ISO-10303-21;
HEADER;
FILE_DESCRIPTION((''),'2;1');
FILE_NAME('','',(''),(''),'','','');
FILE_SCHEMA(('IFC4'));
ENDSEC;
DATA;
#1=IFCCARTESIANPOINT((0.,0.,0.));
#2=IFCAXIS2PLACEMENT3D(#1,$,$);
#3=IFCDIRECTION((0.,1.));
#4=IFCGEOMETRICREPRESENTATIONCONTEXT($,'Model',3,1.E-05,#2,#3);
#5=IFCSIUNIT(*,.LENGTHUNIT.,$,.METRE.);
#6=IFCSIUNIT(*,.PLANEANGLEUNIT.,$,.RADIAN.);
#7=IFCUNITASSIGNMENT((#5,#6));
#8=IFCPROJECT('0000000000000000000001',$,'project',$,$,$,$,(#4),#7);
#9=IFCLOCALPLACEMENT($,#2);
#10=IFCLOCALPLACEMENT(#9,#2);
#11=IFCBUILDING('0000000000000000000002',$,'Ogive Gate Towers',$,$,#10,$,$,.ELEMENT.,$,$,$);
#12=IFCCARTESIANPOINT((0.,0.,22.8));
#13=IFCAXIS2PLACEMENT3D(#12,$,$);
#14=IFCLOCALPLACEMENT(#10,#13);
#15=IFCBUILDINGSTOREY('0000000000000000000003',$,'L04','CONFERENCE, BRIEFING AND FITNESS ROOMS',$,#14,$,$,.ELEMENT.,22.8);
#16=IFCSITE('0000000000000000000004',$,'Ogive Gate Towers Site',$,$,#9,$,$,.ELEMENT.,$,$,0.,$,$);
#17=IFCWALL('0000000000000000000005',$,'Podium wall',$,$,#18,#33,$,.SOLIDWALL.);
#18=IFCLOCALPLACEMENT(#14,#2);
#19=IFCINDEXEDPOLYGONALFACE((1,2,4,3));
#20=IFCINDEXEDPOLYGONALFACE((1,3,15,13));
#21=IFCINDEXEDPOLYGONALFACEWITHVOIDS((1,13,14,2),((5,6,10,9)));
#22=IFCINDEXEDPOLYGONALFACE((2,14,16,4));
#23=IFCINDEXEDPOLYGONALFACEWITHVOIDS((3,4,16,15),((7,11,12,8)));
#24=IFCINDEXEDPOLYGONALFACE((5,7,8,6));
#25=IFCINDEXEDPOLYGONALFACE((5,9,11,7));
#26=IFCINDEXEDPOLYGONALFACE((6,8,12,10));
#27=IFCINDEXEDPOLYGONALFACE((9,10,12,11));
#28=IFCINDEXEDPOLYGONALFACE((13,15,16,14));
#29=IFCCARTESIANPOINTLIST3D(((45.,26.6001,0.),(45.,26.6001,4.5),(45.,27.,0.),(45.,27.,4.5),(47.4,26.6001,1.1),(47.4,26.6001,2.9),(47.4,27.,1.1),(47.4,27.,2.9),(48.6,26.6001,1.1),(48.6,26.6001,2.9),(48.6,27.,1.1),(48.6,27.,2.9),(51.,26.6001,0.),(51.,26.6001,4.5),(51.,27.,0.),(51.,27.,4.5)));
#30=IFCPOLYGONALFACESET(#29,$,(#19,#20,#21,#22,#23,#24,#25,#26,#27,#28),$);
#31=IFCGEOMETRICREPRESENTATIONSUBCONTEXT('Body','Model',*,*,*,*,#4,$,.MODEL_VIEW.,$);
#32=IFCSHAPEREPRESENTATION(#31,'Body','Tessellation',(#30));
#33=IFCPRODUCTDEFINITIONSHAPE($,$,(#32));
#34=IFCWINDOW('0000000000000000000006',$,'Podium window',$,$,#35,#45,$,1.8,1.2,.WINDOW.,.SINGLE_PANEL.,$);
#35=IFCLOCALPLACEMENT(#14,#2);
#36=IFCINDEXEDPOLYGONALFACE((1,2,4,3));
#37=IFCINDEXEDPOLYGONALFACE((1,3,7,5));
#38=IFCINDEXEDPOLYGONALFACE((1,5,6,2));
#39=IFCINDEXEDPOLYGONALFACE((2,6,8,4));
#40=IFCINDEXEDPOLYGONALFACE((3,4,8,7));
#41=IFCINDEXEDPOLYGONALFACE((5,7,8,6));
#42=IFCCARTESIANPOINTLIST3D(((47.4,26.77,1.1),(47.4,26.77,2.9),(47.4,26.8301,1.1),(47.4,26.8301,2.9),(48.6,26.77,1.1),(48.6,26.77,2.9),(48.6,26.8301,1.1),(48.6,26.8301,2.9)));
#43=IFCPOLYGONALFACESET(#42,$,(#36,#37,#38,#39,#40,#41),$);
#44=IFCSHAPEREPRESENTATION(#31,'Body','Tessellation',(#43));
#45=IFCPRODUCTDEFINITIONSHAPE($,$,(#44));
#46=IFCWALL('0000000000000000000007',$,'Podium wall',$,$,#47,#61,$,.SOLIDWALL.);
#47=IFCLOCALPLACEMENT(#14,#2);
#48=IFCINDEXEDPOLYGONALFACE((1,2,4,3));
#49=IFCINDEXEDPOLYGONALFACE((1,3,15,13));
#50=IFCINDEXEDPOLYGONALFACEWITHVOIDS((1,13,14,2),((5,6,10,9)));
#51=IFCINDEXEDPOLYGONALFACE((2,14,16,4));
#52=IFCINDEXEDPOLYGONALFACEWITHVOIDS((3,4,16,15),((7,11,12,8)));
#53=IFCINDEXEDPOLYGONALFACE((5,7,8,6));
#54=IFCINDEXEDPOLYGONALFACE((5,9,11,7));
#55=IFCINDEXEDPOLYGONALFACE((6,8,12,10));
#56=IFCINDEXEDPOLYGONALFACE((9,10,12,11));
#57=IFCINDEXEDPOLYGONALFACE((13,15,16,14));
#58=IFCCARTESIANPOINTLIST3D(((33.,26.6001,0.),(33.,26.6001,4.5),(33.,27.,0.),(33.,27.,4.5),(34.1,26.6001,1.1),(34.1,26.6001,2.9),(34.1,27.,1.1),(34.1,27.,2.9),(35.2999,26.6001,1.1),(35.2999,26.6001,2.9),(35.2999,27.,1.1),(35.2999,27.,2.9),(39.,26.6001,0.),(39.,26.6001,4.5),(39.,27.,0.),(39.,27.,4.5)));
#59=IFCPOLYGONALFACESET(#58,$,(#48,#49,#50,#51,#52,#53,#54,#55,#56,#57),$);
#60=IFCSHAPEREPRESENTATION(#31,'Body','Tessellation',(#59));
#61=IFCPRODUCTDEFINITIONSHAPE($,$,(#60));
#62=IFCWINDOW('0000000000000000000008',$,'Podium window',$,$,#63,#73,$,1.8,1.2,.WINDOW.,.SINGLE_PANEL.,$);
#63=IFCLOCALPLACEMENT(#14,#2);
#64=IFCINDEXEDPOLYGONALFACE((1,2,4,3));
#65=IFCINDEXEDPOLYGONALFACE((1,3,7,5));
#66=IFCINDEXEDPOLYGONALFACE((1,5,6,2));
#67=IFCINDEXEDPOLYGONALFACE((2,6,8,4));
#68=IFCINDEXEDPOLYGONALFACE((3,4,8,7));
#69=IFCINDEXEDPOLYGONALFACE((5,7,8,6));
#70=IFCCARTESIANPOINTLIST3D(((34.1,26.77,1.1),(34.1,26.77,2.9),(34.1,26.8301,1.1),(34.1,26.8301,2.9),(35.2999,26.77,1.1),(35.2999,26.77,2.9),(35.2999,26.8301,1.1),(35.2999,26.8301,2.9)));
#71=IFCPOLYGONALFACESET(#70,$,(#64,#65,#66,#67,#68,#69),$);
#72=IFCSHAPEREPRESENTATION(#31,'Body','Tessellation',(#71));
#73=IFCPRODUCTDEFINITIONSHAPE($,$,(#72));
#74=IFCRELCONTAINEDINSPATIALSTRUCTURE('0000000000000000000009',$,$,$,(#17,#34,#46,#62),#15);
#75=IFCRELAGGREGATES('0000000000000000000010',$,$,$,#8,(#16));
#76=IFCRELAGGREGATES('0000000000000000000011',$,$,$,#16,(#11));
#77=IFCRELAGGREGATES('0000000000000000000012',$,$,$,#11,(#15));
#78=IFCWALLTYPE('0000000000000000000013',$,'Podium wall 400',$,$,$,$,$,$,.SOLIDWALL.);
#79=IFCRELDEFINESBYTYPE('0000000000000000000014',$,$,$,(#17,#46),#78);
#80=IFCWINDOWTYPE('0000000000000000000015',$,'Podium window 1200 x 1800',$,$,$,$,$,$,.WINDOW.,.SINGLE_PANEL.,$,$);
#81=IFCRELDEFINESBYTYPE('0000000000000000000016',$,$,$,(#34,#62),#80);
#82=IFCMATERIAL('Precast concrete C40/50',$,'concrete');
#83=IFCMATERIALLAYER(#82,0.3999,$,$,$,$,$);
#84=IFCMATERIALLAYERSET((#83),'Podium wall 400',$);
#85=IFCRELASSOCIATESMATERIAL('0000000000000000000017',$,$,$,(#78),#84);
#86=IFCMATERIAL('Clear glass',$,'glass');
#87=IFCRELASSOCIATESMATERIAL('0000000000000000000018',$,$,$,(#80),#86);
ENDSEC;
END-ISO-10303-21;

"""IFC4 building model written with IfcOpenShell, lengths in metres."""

from ifc_helpers import new_model, si_unit, direction, frame, frame_2d, origin, place, context, subcontext, project, spatial, rectangle, extrude, material, layer, layer_set, type_object, element, fill, save


model = new_model("IFC4")

# Units and contexts
model_context = context("Model", 3, precision=1e-05, world=origin(), true_north=direction((0.0, 1.0)))
body_context = subcontext(model_context, "Body", "Model", "MODEL_VIEW")
ifc_project = project(units=[si_unit("LENGTHUNIT", "METRE"), si_unit("PLANEANGLEUNIT", "RADIAN")], contexts=[model_context])

# Site, building, storey
site_placement = place(None, origin())
site = spatial("IfcSite", under=ifc_project, at=site_placement, Name="Ogive Gate Towers Site", CompositionType="ELEMENT", RefElevation=0.0)
building_placement = place(site_placement, origin())
building = spatial("IfcBuilding", under=site, at=building_placement, Name="Ogive Gate Towers", CompositionType="ELEMENT")
storey_placement = place(building_placement, frame((0.0, 0.0, 22.8)))
storey = spatial("IfcBuildingStorey", under=building, at=storey_placement, Name="L04", Description="CONFERENCE, BRIEFING AND FITNESS ROOMS", CompositionType="ELEMENT", Elevation=22.8)

# Wall, opening, window
ifc_material_1 = material(Name="Precast concrete C40/50", Category="concrete")
ifc_layer = layer(ifc_material_1, 0.3999)
ifc_layer_set = layer_set([ifc_layer], Name="Podium wall 400")
wall_type = type_object("IfcWallType", Name="Podium wall 400", PredefinedType="SOLIDWALL", material=ifc_layer_set)
wall_1_placement = place(storey_placement, frame((51.0, 26.8, 0.0), z_axis=(0.0, 0.0, 1.0), x_axis=(-1.0, 0.0, 0.0)))
wall_1 = element("IfcWall", 1, at=wall_1_placement, inside=storey, type_object=wall_type, Name="Podium wall", PredefinedType="SOLIDWALL", context=body_context, shape_type="SweptSolid", body=[
    extrude(rectangle(XDim=6.0, YDim=0.3999, at=frame_2d((3.0, 0.0))), origin(), (0.0, 0.0, 1.0), 4.5),
])
opening_1_placement = place(wall_1_placement, frame((2.3999, 0.0, 1.1001)))
opening_1 = element("IfcOpeningElement", 2, at=opening_1_placement, cuts=wall_1, PredefinedType="OPENING", context=body_context, shape_type="SweptSolid", body=[
    extrude(rectangle(XDim=1.2, YDim=1.8, at=frame_2d((0.6001, 0.8999))), frame((0.0, 0.21, 0.0), z_axis=(0.0, -1.0, 0.0), x_axis=(1.0, 0.0, 0.0)), (0.0, 0.0, 1.0), 0.4199),
])
ifc_material_2 = material(Name="Clear glass", Category="glass")
window_type = type_object("IfcWindowType", Name="Podium window 1200 x 1800", PartitioningType="SINGLE_PANEL", PredefinedType="WINDOW", material=ifc_material_2)
window_1_placement = place(opening_1_placement, origin())
window_1 = element("IfcWindow", 3, at=window_1_placement, inside=storey, type_object=window_type, Name="Podium window", OverallHeight=1.8, OverallWidth=1.2, PartitioningType="SINGLE_PANEL", PredefinedType="WINDOW", context=body_context, shape_type="SweptSolid", body=[
    extrude(rectangle(XDim=1.2, YDim=1.8, at=frame_2d((0.6001, 0.8999))), frame((0.0, 0.03, 0.0), z_axis=(0.0, -1.0, 0.0), x_axis=(1.0, 0.0, 0.0)), (0.0, 0.0, 1.0), 0.0601),
])
fill(opening_1, window_1)

# Wall, opening, window
wall_2_placement = place(storey_placement, frame((39.0, 26.8, 0.0), z_axis=(0.0, 0.0, 1.0), x_axis=(-1.0, 0.0, 0.0)))
wall_2 = element("IfcWall", 4, at=wall_2_placement, inside=storey, type_object=wall_type, Name="Podium wall", PredefinedType="SOLIDWALL", context=body_context, shape_type="SweptSolid", body=[
    extrude(rectangle(XDim=6.0, YDim=0.3999, at=frame_2d((3.0, 0.0))), origin(), (0.0, 0.0, 1.0), 4.5),
])
opening_2_placement = place(wall_2_placement, frame((3.7, 0.0, 1.1001)))
opening_2 = element("IfcOpeningElement", 5, at=opening_2_placement, cuts=wall_2, PredefinedType="OPENING", context=body_context, shape_type="SweptSolid", body=[
    extrude(rectangle(XDim=1.2, YDim=1.8, at=frame_2d((0.6001, 0.8999))), frame((0.0, 0.21, 0.0), z_axis=(0.0, -1.0, 0.0), x_axis=(1.0, 0.0, 0.0)), (0.0, 0.0, 1.0), 0.4199),
])
window_2_placement = place(opening_2_placement, origin())
window_2 = element("IfcWindow", 6, at=window_2_placement, inside=storey, type_object=window_type, Name="Podium window", OverallHeight=1.8, OverallWidth=1.2, PartitioningType="SINGLE_PANEL", PredefinedType="WINDOW", context=body_context, shape_type="SweptSolid", body=[
    extrude(rectangle(XDim=1.2, YDim=1.8, at=frame_2d((0.6001, 0.8999))), frame((0.0, 0.03, 0.0), z_axis=(0.0, -1.0, 0.0), x_axis=(1.0, 0.0, 0.0)), (0.0, 0.0, 1.0), 0.0601),
])
fill(opening_2, window_2)

save(model, "model.ifc")
